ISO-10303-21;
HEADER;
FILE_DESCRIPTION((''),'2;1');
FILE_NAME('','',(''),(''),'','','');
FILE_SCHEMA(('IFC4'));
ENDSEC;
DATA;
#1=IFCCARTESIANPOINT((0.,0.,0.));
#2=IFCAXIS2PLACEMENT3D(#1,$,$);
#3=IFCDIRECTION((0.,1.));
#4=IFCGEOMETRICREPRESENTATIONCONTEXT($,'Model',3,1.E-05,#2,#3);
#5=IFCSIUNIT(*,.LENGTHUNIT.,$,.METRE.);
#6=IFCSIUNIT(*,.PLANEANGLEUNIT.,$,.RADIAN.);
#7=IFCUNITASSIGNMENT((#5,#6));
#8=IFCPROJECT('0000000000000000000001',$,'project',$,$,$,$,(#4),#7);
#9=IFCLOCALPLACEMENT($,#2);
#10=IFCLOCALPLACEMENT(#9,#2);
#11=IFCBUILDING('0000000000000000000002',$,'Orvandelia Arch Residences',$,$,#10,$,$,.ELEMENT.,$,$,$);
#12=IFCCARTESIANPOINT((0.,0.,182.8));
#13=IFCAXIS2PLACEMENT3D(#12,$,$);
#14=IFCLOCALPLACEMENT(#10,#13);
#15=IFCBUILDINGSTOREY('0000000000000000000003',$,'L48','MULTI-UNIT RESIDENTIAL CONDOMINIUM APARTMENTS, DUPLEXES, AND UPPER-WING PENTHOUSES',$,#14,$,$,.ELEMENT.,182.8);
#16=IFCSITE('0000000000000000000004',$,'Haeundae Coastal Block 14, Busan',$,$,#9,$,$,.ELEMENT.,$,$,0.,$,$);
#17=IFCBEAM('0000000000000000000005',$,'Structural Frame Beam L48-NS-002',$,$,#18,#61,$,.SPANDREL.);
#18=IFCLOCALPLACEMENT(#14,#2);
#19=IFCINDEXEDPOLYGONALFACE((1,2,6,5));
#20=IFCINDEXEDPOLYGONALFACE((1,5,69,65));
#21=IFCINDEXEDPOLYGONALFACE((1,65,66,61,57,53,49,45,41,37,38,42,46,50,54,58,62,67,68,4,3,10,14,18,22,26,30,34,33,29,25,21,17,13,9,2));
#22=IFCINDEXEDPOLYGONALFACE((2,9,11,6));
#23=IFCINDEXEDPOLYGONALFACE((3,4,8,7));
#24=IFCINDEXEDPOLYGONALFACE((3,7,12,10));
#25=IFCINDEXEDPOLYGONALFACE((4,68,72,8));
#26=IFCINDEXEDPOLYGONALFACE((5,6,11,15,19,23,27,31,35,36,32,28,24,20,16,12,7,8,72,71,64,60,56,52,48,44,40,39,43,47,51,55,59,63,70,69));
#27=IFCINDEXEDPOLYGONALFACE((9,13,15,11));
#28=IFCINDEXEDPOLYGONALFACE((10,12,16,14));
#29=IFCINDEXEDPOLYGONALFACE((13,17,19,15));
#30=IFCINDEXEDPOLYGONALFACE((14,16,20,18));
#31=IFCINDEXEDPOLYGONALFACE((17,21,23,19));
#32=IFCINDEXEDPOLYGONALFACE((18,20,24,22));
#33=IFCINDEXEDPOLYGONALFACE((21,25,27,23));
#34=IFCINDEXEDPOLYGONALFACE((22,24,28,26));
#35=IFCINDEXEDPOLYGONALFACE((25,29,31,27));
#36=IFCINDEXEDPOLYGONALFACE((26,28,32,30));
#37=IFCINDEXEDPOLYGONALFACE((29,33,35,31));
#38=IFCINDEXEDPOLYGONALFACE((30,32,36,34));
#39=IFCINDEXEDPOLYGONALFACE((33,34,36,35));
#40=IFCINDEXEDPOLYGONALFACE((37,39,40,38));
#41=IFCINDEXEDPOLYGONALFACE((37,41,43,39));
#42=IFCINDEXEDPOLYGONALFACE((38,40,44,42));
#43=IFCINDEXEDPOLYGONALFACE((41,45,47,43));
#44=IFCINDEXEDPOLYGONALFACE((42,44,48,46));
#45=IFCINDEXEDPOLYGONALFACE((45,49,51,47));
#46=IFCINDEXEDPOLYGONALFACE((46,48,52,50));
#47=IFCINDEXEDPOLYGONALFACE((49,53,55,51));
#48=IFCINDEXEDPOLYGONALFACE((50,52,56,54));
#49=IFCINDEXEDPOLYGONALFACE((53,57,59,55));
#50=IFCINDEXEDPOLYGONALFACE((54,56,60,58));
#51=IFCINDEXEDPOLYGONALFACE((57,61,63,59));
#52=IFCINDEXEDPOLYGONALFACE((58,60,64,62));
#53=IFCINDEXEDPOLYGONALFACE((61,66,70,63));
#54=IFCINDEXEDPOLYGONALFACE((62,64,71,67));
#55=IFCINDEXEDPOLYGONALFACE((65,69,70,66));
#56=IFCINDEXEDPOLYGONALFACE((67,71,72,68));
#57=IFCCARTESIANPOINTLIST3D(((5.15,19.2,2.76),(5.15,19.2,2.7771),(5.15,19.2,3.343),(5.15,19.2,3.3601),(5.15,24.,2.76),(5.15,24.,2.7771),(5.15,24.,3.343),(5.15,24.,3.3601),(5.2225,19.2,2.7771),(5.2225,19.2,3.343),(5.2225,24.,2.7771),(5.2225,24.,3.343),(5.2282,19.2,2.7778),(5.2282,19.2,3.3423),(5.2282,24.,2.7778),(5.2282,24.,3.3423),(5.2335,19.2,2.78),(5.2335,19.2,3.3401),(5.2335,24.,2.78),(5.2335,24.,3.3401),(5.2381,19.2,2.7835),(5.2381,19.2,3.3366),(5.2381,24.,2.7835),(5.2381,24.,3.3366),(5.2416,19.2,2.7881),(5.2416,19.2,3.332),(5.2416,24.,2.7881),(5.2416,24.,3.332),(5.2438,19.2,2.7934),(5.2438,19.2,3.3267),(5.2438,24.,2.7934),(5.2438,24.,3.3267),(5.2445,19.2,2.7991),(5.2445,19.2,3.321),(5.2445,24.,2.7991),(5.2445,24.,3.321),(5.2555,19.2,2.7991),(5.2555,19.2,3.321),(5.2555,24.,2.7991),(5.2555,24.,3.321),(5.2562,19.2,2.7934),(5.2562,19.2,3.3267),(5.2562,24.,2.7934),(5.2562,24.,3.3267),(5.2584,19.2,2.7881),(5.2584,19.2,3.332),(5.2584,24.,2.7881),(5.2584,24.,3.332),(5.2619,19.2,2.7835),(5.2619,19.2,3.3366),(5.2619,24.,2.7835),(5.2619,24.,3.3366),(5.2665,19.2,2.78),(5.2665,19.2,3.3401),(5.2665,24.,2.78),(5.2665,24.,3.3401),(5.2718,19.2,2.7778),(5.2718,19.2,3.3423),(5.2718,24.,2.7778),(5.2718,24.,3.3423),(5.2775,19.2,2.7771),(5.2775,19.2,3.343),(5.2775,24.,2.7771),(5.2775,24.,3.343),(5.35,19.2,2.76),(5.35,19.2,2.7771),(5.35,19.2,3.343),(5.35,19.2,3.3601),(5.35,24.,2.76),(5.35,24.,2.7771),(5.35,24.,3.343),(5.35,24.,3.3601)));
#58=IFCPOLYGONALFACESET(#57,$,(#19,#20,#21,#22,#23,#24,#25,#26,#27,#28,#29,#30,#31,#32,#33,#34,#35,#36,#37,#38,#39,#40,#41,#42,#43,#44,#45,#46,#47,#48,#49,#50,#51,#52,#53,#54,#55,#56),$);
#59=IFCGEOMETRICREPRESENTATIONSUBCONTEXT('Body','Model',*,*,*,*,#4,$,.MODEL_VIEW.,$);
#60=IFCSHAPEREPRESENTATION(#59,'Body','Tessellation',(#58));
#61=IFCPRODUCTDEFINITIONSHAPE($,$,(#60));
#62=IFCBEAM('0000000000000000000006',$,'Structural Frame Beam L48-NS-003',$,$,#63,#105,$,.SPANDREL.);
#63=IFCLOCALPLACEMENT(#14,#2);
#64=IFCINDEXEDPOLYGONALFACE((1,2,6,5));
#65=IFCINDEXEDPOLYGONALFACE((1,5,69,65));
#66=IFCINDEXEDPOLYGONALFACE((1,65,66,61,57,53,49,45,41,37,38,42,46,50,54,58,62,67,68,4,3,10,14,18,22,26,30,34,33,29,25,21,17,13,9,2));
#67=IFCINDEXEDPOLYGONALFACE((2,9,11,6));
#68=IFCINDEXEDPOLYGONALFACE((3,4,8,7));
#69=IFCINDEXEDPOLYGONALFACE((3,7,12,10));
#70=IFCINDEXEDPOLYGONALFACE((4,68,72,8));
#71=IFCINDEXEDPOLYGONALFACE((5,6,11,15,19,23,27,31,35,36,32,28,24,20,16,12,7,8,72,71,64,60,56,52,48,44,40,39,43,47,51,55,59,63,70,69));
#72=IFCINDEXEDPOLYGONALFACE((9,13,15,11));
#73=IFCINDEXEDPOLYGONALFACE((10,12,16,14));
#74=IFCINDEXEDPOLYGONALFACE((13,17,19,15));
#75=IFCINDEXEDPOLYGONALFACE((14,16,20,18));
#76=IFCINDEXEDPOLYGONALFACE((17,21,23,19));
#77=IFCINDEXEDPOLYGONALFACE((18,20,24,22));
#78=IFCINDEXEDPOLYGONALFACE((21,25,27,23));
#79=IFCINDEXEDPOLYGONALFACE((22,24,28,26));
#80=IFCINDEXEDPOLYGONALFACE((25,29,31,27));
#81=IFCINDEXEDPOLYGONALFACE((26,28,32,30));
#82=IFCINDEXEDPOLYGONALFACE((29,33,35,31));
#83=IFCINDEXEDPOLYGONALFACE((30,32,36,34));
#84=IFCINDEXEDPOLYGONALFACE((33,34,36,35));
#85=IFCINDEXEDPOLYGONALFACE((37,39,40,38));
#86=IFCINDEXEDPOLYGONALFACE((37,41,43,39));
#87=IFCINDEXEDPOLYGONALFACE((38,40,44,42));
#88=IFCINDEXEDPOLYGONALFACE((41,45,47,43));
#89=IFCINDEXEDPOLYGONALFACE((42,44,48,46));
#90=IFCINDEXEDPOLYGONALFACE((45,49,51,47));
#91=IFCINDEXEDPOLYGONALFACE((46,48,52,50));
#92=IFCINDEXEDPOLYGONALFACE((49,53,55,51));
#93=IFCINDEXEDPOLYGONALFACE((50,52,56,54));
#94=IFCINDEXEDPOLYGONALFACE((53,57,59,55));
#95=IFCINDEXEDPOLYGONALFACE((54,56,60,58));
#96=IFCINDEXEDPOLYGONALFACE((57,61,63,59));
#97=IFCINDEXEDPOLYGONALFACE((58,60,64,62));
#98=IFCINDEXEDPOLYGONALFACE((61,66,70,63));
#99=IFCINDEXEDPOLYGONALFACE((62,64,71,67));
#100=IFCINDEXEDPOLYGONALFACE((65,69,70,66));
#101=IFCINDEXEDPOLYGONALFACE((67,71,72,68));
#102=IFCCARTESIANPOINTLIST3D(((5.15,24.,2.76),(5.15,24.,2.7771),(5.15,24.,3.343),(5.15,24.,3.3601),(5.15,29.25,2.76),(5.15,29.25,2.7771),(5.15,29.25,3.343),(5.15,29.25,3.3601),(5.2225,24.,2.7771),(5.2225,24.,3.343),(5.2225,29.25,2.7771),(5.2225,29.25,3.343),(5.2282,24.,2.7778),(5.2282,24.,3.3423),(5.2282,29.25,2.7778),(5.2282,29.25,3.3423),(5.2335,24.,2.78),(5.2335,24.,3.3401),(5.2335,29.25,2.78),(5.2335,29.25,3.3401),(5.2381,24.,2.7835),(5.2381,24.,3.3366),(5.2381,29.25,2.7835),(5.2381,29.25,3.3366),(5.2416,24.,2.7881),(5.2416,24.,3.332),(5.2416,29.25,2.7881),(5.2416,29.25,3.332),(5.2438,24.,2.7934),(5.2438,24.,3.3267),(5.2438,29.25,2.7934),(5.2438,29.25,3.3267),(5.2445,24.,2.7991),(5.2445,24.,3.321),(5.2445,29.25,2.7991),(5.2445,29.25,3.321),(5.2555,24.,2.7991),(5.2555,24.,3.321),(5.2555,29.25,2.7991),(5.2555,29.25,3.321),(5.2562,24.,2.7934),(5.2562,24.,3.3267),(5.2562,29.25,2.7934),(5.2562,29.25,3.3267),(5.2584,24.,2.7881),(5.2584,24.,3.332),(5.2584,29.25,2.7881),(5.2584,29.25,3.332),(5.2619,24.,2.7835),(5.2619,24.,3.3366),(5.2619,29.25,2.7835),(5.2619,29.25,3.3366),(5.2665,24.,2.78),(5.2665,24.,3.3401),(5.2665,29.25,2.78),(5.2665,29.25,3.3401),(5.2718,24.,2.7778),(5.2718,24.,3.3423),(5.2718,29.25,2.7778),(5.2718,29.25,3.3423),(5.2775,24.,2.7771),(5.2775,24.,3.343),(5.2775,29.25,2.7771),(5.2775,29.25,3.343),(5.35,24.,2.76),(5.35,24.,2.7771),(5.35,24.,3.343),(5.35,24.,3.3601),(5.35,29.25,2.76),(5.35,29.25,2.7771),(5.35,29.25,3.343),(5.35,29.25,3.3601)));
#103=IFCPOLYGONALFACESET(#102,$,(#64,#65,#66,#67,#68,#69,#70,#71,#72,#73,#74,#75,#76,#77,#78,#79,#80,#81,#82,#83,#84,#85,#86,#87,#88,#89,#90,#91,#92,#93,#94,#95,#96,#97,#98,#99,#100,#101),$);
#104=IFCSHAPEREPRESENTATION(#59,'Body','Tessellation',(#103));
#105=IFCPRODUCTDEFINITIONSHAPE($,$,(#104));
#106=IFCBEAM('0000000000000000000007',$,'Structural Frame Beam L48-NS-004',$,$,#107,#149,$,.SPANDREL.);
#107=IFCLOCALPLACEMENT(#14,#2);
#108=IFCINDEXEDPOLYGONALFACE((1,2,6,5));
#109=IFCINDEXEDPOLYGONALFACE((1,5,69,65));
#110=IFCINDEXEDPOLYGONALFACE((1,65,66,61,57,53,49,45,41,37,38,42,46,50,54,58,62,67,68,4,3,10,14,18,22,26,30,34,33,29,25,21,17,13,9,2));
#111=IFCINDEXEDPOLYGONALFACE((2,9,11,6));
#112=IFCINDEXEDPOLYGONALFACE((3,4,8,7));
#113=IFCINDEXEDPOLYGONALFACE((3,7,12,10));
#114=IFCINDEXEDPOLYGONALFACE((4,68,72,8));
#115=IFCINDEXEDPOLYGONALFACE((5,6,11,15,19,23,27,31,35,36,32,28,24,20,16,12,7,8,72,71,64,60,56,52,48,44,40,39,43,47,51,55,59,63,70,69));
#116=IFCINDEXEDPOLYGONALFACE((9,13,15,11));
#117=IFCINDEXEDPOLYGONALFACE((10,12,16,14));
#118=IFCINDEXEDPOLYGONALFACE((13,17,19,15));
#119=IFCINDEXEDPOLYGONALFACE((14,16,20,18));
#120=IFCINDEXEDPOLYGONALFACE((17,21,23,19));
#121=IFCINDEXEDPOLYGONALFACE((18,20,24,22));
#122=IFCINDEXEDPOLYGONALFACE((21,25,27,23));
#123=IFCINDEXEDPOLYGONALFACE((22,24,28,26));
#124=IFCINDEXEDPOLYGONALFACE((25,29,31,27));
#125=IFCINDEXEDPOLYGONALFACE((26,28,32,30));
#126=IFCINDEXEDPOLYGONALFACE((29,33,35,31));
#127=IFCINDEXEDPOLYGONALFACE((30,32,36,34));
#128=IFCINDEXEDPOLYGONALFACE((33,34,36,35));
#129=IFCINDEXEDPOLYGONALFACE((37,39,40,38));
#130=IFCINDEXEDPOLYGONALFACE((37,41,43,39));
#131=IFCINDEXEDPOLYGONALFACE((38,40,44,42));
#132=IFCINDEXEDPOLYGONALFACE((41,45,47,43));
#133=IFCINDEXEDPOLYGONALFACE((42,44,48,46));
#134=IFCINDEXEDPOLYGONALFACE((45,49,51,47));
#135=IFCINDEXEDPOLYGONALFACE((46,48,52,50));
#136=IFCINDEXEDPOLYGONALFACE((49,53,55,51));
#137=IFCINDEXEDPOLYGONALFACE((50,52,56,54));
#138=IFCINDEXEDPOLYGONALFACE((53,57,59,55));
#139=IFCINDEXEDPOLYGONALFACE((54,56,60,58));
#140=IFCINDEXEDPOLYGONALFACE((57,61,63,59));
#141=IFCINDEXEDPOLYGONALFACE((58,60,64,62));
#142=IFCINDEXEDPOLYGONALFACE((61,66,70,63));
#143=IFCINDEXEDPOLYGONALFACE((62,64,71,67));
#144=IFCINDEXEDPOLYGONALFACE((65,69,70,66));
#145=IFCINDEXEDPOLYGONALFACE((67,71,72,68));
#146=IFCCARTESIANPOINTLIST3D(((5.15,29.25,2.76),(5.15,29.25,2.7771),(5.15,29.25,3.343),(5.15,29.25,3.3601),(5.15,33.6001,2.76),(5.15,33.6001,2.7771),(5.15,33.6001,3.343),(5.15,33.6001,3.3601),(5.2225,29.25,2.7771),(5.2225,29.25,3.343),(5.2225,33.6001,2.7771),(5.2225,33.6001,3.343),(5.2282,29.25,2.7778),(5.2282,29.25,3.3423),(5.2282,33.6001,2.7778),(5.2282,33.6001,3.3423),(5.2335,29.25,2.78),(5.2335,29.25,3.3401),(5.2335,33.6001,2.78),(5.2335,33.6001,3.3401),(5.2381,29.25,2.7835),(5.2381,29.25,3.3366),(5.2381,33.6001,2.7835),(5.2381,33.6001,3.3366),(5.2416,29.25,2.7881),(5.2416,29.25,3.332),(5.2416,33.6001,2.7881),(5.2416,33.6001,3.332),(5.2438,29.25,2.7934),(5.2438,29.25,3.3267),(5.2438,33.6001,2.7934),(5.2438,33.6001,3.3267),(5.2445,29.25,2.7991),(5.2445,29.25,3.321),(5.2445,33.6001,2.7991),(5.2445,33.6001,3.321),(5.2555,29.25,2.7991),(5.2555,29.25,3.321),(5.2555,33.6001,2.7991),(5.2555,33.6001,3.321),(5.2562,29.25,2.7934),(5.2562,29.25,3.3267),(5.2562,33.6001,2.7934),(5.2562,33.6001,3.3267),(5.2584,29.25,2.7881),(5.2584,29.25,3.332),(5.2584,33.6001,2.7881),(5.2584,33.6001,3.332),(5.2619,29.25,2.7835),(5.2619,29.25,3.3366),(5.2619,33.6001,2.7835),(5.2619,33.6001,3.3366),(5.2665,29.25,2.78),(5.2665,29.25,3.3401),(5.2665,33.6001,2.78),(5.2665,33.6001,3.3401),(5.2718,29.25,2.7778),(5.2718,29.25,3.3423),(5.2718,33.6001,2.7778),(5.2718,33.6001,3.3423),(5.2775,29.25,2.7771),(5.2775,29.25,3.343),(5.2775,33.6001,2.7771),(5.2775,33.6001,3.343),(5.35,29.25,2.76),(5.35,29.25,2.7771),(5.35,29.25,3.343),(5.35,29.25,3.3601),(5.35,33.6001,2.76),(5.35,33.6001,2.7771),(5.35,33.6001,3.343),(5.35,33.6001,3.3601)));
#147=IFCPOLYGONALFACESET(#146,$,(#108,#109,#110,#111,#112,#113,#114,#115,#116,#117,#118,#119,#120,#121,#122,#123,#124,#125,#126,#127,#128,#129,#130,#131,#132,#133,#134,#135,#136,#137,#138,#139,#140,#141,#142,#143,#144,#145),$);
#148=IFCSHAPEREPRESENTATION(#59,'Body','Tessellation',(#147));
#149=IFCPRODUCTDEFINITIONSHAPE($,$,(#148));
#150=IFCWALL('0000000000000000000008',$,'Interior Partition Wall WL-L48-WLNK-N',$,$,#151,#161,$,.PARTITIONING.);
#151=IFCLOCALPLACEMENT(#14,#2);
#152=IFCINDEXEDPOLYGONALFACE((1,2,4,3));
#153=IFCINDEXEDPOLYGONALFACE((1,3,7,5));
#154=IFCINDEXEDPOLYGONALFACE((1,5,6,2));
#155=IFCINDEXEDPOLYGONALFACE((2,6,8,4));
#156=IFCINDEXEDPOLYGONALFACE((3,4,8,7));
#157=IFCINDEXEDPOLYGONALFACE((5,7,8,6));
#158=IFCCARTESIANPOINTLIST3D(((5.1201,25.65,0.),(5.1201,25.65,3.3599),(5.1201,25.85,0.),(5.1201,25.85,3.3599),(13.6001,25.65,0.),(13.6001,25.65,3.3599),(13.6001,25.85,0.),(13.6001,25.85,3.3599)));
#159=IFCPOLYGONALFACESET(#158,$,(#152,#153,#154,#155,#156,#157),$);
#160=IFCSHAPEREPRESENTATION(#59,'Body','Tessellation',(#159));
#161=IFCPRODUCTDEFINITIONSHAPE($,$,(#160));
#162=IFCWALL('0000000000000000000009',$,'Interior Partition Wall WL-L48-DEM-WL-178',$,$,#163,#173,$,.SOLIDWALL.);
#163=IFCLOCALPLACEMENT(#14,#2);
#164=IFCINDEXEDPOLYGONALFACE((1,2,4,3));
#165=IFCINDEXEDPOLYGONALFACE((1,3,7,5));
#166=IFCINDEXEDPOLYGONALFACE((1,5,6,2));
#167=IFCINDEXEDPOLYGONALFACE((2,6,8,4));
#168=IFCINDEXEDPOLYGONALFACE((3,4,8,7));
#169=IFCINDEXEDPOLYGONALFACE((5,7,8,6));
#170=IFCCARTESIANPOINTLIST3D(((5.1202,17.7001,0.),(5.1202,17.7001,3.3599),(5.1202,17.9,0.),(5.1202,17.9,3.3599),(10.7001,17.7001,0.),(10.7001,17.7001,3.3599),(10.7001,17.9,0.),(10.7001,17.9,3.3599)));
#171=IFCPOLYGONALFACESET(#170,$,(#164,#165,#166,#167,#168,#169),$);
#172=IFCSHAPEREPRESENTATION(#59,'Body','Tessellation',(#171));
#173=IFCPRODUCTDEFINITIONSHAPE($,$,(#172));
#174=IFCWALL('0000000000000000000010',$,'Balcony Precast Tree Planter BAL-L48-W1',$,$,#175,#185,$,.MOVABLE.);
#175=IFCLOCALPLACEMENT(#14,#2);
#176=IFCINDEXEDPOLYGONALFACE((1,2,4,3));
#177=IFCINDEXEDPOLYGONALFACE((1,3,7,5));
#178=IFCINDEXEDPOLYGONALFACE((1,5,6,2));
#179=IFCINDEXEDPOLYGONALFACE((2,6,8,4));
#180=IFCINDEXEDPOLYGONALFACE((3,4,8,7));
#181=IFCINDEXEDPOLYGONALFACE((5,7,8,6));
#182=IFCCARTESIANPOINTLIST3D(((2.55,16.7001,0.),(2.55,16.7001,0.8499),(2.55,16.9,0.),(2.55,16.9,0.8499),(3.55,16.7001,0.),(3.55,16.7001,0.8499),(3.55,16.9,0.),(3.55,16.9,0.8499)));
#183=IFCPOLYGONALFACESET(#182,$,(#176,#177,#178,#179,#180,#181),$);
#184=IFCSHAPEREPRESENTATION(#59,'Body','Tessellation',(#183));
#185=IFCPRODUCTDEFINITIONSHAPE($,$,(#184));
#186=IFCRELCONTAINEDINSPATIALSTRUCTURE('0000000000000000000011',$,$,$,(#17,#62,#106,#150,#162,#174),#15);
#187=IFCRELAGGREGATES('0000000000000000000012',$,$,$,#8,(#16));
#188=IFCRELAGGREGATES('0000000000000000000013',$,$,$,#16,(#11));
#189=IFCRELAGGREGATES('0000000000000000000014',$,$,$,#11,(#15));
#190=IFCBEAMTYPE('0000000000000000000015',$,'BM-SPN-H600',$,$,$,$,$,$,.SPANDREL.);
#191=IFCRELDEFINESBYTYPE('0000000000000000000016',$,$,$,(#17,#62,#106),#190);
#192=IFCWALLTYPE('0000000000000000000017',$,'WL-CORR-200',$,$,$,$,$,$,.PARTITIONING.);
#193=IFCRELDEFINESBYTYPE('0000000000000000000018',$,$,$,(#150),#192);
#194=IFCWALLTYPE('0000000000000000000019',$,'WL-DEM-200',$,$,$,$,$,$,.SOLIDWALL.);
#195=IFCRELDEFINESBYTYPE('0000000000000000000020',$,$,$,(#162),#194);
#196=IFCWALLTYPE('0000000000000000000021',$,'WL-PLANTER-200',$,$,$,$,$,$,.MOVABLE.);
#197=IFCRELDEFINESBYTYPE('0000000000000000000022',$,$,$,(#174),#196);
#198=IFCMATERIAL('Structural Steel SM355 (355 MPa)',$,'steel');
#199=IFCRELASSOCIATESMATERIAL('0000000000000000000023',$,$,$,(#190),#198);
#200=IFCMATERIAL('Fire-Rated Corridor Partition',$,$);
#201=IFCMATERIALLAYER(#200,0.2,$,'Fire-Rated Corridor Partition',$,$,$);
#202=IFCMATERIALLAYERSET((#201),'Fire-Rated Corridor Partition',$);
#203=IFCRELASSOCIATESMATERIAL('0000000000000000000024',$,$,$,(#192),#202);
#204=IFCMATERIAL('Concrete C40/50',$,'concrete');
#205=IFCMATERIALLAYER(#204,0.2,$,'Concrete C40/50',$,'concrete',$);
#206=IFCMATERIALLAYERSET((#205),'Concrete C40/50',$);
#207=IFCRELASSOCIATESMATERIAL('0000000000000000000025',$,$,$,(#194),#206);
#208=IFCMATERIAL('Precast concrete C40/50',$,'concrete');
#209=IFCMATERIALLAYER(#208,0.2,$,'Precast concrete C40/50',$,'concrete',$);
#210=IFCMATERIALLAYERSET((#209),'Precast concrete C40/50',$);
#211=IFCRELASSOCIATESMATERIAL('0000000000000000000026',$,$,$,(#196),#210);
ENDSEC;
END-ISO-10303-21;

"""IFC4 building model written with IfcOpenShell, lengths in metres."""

from ifc_helpers import new_model, si_unit, direction, frame, frame_2d, origin, origin_2d, place, context, subcontext, project, spatial, rectangle, i_section, extrude, material, layer, layer_set, material_profile, profile_set, type_object, element, save


model = new_model("IFC4")

# Units and contexts
model_context = context("Model", 3, precision=1e-05, world=origin(), true_north=direction((0.0, 1.0)))
body_context = subcontext(model_context, "Body", "Model", "MODEL_VIEW")
ifc_project = project(units=[si_unit("LENGTHUNIT", "METRE"), si_unit("PLANEANGLEUNIT", "RADIAN")], contexts=[model_context])

# Site, building, storey
site_placement = place(None, origin())
site = spatial("IfcSite", under=ifc_project, at=site_placement, Name="Haeundae Coastal Block 14, Busan", CompositionType="ELEMENT", RefElevation=0.0)
building_placement = place(site_placement, origin())
building = spatial("IfcBuilding", under=site, at=building_placement, Name="Orvandelia Arch Residences", CompositionType="ELEMENT")
storey_placement = place(building_placement, frame((0.0, 0.0, 182.8)))
storey = spatial("IfcBuildingStorey", under=building, at=storey_placement, Name="L48", Description="MULTI-UNIT RESIDENTIAL CONDOMINIUM APARTMENTS, DUPLEXES, AND UPPER-WING PENTHOUSES", CompositionType="ELEMENT", Elevation=182.8)

# Beams
ifc_material_1 = material(Name="Structural Steel SM355 (355 MPa)", Category="steel")
ifc_material_profile_1 = material_profile(ifc_material_1, i_section(OverallWidth=0.2, OverallDepth=0.6001, WebThickness=0.011, FlangeThickness=0.0171, FilletRadius=0.022, at=origin_2d()), Name="Structural Steel SM355 (355 MPa)", Category="steel")
ifc_profile_set_1 = profile_set([ifc_material_profile_1], Name="Structural Steel SM355 (355 MPa)")
beam_type_1 = type_object("IfcBeamType", Name="BM-SPN-H600", PredefinedType="SPANDREL", material=ifc_profile_set_1)
beam_1_placement = place(storey_placement, frame((5.25, 19.2, 3.0601), z_axis=(0.0, 1.0, 0.0), x_axis=(-1.0, 0.0, 0.0)))
element("IfcBeam", 1, at=beam_1_placement, inside=storey, type_object=beam_type_1, Name="Structural Frame Beam L48-NS-002", PredefinedType="SPANDREL", context=body_context, shape_type="SweptSolid", body=[
    extrude(i_section(OverallWidth=0.2, OverallDepth=0.6001, WebThickness=0.011, FlangeThickness=0.0171, FilletRadius=0.022, at=origin_2d()), origin(), (0.0, 0.0, 1.0), 4.8),
])
beam_2_placement = place(storey_placement, frame((5.25, 24.0, 3.0601), z_axis=(0.0, 1.0, 0.0), x_axis=(-1.0, 0.0, 0.0)))
element("IfcBeam", 2, at=beam_2_placement, inside=storey, type_object=beam_type_1, Name="Structural Frame Beam L48-NS-003", PredefinedType="SPANDREL", context=body_context, shape_type="SweptSolid", body=[
    extrude(i_section(OverallWidth=0.2, OverallDepth=0.6001, WebThickness=0.011, FlangeThickness=0.0171, FilletRadius=0.022, at=origin_2d()), origin(), (0.0, 0.0, 1.0), 5.25),
])
beam_3_placement = place(storey_placement, frame((5.25, 29.25, 3.0601), z_axis=(0.0, 1.0, 0.0), x_axis=(-1.0, 0.0, 0.0)))
element("IfcBeam", 3, at=beam_3_placement, inside=storey, type_object=beam_type_1, Name="Structural Frame Beam L48-NS-004", PredefinedType="SPANDREL", context=body_context, shape_type="SweptSolid", body=[
    extrude(i_section(OverallWidth=0.2, OverallDepth=0.6001, WebThickness=0.011, FlangeThickness=0.0171, FilletRadius=0.022, at=origin_2d()), origin(), (0.0, 0.0, 1.0), 4.3501),
])

# Walls
ifc_material_2 = material(Name="Fire-Rated Corridor Partition")
ifc_layer_1 = layer(ifc_material_2, 0.2, Name="Fire-Rated Corridor Partition")
ifc_layer_set_1 = layer_set([ifc_layer_1], Name="Fire-Rated Corridor Partition")
wall_type_1 = type_object("IfcWallType", Name="WL-CORR-200", PredefinedType="PARTITIONING", material=ifc_layer_set_1)
wall_1_placement = place(storey_placement, frame((5.1201, 25.75, 0.0), z_axis=(0.0, 0.0, 1.0), x_axis=(1.0, 0.0, 0.0)))
element("IfcWall", 4, at=wall_1_placement, inside=storey, type_object=wall_type_1, Name="Interior Partition Wall WL-L48-WLNK-N", PredefinedType="PARTITIONING", context=body_context, shape_type="SweptSolid", body=[
    extrude(rectangle(XDim=8.48, YDim=0.2, at=frame_2d((4.24, 0.0))), origin(), (0.0, 0.0, 1.0), 3.3599),
])
ifc_material_3 = material(Name="Concrete C40/50", Category="concrete")
ifc_layer_2 = layer(ifc_material_3, 0.2, Name="Concrete C40/50", Category="concrete")
ifc_layer_set_2 = layer_set([ifc_layer_2], Name="Concrete C40/50")
wall_type_2 = type_object("IfcWallType", Name="WL-DEM-200", PredefinedType="SOLIDWALL", material=ifc_layer_set_2)
wall_2_placement = place(storey_placement, frame((5.1201, 17.8, 0.0), z_axis=(0.0, 0.0, 1.0), x_axis=(1.0, 0.0, 0.0)))
element("IfcWall", 5, at=wall_2_placement, inside=storey, type_object=wall_type_2, Name="Interior Partition Wall WL-L48-DEM-WL-178", PredefinedType="SOLIDWALL", context=body_context, shape_type="SweptSolid", body=[
    extrude(rectangle(XDim=5.5798, YDim=0.2, at=frame_2d((2.79, 0.0))), origin(), (0.0, 0.0, 1.0), 3.3599),
])
ifc_material_4 = material(Name="Precast concrete C40/50", Category="concrete")
ifc_layer_3 = layer(ifc_material_4, 0.2, Name="Precast concrete C40/50", Category="concrete")
ifc_layer_set_3 = layer_set([ifc_layer_3], Name="Precast concrete C40/50")
wall_type_3 = type_object("IfcWallType", Name="WL-PLANTER-200", PredefinedType="MOVABLE", material=ifc_layer_set_3)
wall_3_placement = place(storey_placement, frame((2.55, 16.8, 0.0), z_axis=(0.0, 0.0, 1.0), x_axis=(1.0, 0.0, 0.0)))
element("IfcWall", 6, at=wall_3_placement, inside=storey, type_object=wall_type_3, Name="Balcony Precast Tree Planter BAL-L48-W1", PredefinedType="MOVABLE", context=body_context, shape_type="SweptSolid", body=[
    extrude(rectangle(XDim=1.0, YDim=0.2, at=frame_2d((0.5, 0.0))), origin(), (0.0, 0.0, 1.0), 0.8499),
])

save(model, "model.ifc")
